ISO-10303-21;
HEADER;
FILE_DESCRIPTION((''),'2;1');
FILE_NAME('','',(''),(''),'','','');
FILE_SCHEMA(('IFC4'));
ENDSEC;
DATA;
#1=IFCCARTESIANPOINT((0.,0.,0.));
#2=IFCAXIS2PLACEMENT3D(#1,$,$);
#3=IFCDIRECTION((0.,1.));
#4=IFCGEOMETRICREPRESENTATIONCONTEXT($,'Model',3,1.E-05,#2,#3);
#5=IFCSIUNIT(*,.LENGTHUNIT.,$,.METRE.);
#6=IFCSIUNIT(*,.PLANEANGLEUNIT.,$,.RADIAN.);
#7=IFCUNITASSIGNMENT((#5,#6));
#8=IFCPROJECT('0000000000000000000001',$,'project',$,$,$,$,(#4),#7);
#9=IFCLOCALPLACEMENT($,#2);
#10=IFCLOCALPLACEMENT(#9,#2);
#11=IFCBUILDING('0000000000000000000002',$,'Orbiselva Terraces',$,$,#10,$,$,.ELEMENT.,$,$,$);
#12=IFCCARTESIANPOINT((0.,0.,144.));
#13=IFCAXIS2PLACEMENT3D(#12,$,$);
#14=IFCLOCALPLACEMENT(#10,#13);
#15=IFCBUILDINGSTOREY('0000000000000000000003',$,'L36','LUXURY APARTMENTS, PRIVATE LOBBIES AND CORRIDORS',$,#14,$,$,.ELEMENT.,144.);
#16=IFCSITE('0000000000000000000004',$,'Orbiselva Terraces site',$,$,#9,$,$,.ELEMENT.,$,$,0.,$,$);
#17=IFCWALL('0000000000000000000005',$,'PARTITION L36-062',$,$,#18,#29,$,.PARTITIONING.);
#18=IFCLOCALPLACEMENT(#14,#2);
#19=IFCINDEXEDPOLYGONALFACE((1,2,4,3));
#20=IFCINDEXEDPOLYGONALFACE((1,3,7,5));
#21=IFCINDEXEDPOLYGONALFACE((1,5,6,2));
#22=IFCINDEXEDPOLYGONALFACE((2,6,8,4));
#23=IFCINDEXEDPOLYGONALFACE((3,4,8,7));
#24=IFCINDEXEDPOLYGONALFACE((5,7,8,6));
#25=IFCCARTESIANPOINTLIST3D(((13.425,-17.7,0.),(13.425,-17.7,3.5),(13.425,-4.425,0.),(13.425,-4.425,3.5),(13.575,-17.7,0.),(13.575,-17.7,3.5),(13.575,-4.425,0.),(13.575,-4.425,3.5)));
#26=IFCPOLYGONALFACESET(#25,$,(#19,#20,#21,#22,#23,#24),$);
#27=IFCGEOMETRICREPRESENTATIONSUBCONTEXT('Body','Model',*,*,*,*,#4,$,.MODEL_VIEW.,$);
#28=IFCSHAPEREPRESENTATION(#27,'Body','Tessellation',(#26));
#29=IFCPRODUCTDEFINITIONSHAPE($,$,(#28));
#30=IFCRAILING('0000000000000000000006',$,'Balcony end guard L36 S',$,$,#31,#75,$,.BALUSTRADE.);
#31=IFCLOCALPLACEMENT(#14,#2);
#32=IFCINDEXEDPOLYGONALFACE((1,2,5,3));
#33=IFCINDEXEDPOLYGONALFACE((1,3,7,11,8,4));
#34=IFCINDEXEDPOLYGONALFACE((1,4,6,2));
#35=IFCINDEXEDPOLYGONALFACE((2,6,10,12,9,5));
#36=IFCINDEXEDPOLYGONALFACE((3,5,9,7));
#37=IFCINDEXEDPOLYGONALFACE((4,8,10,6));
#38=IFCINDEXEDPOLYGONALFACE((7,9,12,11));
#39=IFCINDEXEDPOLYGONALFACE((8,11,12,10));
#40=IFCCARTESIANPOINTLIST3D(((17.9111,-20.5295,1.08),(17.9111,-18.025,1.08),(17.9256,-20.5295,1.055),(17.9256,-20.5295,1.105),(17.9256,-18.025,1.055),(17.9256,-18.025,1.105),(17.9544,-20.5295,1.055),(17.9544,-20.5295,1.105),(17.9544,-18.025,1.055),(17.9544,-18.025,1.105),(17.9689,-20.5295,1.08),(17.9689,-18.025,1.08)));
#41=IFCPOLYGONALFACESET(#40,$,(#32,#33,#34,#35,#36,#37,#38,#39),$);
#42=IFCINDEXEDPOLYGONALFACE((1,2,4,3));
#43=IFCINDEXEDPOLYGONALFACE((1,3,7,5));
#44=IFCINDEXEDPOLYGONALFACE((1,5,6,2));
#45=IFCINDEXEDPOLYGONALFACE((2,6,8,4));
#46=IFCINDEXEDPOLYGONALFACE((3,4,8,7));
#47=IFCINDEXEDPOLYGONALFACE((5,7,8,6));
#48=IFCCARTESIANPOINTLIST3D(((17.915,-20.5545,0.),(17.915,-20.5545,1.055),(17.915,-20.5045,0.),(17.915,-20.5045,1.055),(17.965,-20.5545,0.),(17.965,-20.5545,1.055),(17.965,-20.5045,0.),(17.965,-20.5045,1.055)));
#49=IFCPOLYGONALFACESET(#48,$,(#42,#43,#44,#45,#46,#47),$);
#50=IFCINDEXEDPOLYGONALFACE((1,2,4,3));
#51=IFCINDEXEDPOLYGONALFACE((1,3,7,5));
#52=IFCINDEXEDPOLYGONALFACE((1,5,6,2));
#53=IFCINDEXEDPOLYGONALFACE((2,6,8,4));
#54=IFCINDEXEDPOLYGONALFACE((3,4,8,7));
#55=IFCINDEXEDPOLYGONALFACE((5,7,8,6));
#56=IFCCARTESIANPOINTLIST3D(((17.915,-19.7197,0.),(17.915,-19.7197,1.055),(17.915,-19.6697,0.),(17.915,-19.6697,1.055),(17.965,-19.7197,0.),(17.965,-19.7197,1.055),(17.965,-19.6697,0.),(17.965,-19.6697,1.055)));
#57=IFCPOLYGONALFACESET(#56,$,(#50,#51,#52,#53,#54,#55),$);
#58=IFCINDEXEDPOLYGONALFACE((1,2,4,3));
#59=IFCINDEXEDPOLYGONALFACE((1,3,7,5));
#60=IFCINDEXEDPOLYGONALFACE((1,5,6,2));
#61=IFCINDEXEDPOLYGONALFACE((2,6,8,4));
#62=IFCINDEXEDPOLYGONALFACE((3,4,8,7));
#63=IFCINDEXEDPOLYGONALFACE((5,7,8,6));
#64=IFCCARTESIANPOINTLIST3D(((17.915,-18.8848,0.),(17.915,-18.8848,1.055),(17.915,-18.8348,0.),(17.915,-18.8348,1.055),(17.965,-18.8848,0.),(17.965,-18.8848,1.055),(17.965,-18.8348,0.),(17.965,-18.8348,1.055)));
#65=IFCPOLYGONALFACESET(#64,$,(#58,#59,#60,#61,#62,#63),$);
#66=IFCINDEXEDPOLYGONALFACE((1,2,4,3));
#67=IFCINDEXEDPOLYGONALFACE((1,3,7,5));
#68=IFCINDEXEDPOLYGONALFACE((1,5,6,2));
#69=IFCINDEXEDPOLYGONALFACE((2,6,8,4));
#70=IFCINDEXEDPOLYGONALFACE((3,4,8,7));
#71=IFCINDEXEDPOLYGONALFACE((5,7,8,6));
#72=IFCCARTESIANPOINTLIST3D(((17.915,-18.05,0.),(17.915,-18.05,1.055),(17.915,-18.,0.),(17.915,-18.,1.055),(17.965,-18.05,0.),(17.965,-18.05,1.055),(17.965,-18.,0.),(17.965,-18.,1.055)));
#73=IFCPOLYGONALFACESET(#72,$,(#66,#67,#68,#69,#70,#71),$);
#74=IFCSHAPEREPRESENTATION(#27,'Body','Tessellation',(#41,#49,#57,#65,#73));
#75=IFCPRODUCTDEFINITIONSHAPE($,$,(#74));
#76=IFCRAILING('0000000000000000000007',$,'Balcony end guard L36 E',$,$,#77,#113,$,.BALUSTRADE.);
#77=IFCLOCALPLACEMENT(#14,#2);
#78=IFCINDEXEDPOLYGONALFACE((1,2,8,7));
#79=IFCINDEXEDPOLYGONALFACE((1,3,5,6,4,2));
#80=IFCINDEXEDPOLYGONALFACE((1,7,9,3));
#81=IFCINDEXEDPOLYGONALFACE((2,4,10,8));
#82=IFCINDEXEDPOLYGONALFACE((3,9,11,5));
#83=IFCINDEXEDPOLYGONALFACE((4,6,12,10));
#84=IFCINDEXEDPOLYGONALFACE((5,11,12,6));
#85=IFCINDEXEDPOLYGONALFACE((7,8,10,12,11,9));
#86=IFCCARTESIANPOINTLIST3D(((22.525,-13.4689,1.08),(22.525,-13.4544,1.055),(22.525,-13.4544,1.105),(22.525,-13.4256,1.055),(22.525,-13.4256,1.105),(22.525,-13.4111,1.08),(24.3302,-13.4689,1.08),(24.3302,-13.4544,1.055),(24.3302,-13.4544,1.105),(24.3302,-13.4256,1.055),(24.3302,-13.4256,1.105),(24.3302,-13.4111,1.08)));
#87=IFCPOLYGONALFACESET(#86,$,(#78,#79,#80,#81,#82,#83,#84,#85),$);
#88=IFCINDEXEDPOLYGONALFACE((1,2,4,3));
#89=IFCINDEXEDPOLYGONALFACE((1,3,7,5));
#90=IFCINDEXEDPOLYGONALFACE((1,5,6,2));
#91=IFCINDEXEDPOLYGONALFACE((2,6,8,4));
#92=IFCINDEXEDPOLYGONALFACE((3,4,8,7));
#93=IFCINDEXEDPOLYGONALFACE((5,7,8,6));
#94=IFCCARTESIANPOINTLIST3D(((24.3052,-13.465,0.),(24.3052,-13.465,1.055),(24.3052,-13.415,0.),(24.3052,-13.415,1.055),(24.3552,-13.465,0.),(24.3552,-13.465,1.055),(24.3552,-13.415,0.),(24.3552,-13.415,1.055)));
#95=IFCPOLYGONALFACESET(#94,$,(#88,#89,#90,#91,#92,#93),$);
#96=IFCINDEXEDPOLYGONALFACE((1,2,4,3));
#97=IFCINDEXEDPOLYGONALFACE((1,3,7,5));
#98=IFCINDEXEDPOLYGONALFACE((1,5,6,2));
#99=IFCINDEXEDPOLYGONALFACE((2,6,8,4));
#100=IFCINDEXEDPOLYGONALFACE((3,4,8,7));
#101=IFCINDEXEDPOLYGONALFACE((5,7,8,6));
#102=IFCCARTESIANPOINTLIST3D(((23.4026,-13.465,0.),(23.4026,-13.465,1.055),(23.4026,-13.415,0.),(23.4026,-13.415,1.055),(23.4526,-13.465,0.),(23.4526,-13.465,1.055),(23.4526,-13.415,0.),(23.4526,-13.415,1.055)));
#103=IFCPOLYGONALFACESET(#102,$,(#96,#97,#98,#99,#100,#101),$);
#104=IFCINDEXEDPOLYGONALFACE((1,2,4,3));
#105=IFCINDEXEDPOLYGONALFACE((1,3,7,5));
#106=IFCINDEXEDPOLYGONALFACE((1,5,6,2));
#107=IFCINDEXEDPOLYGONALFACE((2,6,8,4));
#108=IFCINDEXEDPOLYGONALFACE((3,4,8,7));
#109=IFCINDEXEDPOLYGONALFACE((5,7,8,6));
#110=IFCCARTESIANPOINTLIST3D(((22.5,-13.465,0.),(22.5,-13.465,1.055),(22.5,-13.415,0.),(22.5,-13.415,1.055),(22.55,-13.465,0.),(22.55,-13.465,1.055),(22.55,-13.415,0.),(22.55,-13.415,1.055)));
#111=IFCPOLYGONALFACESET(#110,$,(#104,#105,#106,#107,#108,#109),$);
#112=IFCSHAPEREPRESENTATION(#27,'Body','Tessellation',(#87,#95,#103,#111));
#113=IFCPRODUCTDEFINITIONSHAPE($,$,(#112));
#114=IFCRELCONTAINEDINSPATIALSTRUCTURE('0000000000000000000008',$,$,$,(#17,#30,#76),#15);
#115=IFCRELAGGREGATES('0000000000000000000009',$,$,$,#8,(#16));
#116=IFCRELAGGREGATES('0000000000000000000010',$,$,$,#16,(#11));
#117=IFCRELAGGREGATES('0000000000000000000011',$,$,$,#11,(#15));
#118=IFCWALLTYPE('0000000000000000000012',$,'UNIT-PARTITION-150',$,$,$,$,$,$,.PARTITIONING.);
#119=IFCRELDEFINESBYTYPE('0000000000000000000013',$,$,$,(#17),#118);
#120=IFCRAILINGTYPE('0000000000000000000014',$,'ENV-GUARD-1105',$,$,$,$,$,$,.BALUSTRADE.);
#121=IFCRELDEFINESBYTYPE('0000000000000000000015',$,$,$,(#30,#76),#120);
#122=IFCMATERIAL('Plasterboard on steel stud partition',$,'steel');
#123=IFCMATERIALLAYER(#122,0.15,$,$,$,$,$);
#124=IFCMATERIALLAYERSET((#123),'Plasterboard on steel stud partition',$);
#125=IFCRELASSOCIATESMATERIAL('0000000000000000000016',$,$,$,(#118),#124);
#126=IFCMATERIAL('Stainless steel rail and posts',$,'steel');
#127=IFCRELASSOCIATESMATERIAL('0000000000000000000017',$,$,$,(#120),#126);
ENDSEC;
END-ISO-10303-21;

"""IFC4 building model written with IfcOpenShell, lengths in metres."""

from ifc_helpers import new_model, si_unit, direction, frame, frame_2d, origin, origin_2d, place, context, subcontext, project, spatial, polyline, rectangle, outline, extrude, material, layer, layer_set, type_object, element, save


model = new_model("IFC4")

# Units and contexts
model_context = context("Model", 3, precision=1e-05, world=origin(), true_north=direction((0.0, 1.0)))
body_context = subcontext(model_context, "Body", "Model", "MODEL_VIEW")
ifc_project = project(units=[si_unit("LENGTHUNIT", "METRE"), si_unit("PLANEANGLEUNIT", "RADIAN")], contexts=[model_context])

# Site, building, storey
site_placement = place(None, origin())
site = spatial("IfcSite", under=ifc_project, at=site_placement, Name="Orbiselva Terraces site", CompositionType="ELEMENT", RefElevation=0.0)
building_placement = place(site_placement, origin())
building = spatial("IfcBuilding", under=site, at=building_placement, Name="Orbiselva Terraces", CompositionType="ELEMENT")
storey_placement = place(building_placement, frame((0.0, 0.0, 144.0)))
storey = spatial("IfcBuildingStorey", under=building, at=storey_placement, Name="L36", Description="LUXURY APARTMENTS, PRIVATE LOBBIES AND CORRIDORS", CompositionType="ELEMENT", Elevation=144.0)

# Wall
ifc_material_1 = material(Name="Plasterboard on steel stud partition", Category="steel")
ifc_layer_1 = layer(ifc_material_1, 0.15)
ifc_layer_set_1 = layer_set([ifc_layer_1], Name="Plasterboard on steel stud partition")
wall_type_1 = type_object("IfcWallType", Name="UNIT-PARTITION-150", PredefinedType="PARTITIONING", material=ifc_layer_set_1)
wall_1_placement = place(storey_placement, frame((13.5, -17.7, 0.0), z_axis=(0.0, 0.0, 1.0), x_axis=(0.0, 1.0, 0.0)))
element("IfcWall", 1, at=wall_1_placement, inside=storey, type_object=wall_type_1, Name="PARTITION L36-062", PredefinedType="PARTITIONING", context=body_context, shape_type="SweptSolid", body=[
    extrude(rectangle(XDim=13.275, YDim=0.15, at=frame_2d((6.6375, 0.0))), origin(), (0.0, 0.0, 1.0), 3.5),
])

# Railings
ifc_material_2 = material(Name="Stainless steel rail and posts", Category="steel")
railing_type_1 = type_object("IfcRailingType", Name="ENV-GUARD-1105", PredefinedType="BALUSTRADE", material=ifc_material_2)
railing_1_placement = place(storey_placement, frame((17.94, -20.5295, 0.0)))
element("IfcRailing", 2, at=railing_1_placement, inside=storey, type_object=railing_type_1, Name="Balcony end guard L36 S", PredefinedType="BALUSTRADE", context=body_context, shape_type="SweptSolid", body=[
    extrude(outline(polyline([(0.0289, 0.0), (0.0144, 0.025), (-0.0144, 0.025), (-0.0289, 0.0), (-0.0144, -0.025), (0.0144, -0.025), (0.0289, 0.0)])), frame((0.0, 0.0, 1.08), z_axis=(0.0, 1.0, 0.0), x_axis=(-1.0, 0.0, 0.0)), (0.0, 0.0, 1.0), 2.5045),
    extrude(rectangle(XDim=0.05, YDim=0.05, at=origin_2d()), origin(), (0.0, 0.0, 1.0), 1.055),
    extrude(rectangle(XDim=0.05, YDim=0.05, at=origin_2d()), frame((0.0, 0.8348, 0.0)), (0.0, 0.0, 1.0), 1.055),
    extrude(rectangle(XDim=0.05, YDim=0.05, at=origin_2d()), frame((0.0, 1.6697, 0.0)), (0.0, 0.0, 1.0), 1.055),
    extrude(rectangle(XDim=0.05, YDim=0.05, at=origin_2d()), frame((0.0, 2.5045, 0.0)), (0.0, 0.0, 1.0), 1.055),
])
railing_2_placement = place(storey_placement, frame((24.3302, -13.44, 0.0)))
element("IfcRailing", 3, at=railing_2_placement, inside=storey, type_object=railing_type_1, Name="Balcony end guard L36 E", PredefinedType="BALUSTRADE", context=body_context, shape_type="SweptSolid", body=[
    extrude(outline(polyline([(0.0289, 0.0), (0.0144, 0.025), (-0.0144, 0.025), (-0.0289, 0.0), (-0.0144, -0.025), (0.0144, -0.025), (0.0289, 0.0)])), frame((0.0, 0.0, 1.08), z_axis=(-1.0, 0.0, 0.0), x_axis=(0.0, -1.0, 0.0)), (0.0, 0.0, 1.0), 1.8052),
    extrude(rectangle(XDim=0.05, YDim=0.05, at=origin_2d()), origin(), (0.0, 0.0, 1.0), 1.055),
    extrude(rectangle(XDim=0.05, YDim=0.05, at=origin_2d()), frame((-0.9026, 0.0, 0.0)), (0.0, 0.0, 1.0), 1.055),
    extrude(rectangle(XDim=0.05, YDim=0.05, at=origin_2d()), frame((-1.8052, 0.0, 0.0)), (0.0, 0.0, 1.0), 1.055),
])

save(model, "model.ifc")
